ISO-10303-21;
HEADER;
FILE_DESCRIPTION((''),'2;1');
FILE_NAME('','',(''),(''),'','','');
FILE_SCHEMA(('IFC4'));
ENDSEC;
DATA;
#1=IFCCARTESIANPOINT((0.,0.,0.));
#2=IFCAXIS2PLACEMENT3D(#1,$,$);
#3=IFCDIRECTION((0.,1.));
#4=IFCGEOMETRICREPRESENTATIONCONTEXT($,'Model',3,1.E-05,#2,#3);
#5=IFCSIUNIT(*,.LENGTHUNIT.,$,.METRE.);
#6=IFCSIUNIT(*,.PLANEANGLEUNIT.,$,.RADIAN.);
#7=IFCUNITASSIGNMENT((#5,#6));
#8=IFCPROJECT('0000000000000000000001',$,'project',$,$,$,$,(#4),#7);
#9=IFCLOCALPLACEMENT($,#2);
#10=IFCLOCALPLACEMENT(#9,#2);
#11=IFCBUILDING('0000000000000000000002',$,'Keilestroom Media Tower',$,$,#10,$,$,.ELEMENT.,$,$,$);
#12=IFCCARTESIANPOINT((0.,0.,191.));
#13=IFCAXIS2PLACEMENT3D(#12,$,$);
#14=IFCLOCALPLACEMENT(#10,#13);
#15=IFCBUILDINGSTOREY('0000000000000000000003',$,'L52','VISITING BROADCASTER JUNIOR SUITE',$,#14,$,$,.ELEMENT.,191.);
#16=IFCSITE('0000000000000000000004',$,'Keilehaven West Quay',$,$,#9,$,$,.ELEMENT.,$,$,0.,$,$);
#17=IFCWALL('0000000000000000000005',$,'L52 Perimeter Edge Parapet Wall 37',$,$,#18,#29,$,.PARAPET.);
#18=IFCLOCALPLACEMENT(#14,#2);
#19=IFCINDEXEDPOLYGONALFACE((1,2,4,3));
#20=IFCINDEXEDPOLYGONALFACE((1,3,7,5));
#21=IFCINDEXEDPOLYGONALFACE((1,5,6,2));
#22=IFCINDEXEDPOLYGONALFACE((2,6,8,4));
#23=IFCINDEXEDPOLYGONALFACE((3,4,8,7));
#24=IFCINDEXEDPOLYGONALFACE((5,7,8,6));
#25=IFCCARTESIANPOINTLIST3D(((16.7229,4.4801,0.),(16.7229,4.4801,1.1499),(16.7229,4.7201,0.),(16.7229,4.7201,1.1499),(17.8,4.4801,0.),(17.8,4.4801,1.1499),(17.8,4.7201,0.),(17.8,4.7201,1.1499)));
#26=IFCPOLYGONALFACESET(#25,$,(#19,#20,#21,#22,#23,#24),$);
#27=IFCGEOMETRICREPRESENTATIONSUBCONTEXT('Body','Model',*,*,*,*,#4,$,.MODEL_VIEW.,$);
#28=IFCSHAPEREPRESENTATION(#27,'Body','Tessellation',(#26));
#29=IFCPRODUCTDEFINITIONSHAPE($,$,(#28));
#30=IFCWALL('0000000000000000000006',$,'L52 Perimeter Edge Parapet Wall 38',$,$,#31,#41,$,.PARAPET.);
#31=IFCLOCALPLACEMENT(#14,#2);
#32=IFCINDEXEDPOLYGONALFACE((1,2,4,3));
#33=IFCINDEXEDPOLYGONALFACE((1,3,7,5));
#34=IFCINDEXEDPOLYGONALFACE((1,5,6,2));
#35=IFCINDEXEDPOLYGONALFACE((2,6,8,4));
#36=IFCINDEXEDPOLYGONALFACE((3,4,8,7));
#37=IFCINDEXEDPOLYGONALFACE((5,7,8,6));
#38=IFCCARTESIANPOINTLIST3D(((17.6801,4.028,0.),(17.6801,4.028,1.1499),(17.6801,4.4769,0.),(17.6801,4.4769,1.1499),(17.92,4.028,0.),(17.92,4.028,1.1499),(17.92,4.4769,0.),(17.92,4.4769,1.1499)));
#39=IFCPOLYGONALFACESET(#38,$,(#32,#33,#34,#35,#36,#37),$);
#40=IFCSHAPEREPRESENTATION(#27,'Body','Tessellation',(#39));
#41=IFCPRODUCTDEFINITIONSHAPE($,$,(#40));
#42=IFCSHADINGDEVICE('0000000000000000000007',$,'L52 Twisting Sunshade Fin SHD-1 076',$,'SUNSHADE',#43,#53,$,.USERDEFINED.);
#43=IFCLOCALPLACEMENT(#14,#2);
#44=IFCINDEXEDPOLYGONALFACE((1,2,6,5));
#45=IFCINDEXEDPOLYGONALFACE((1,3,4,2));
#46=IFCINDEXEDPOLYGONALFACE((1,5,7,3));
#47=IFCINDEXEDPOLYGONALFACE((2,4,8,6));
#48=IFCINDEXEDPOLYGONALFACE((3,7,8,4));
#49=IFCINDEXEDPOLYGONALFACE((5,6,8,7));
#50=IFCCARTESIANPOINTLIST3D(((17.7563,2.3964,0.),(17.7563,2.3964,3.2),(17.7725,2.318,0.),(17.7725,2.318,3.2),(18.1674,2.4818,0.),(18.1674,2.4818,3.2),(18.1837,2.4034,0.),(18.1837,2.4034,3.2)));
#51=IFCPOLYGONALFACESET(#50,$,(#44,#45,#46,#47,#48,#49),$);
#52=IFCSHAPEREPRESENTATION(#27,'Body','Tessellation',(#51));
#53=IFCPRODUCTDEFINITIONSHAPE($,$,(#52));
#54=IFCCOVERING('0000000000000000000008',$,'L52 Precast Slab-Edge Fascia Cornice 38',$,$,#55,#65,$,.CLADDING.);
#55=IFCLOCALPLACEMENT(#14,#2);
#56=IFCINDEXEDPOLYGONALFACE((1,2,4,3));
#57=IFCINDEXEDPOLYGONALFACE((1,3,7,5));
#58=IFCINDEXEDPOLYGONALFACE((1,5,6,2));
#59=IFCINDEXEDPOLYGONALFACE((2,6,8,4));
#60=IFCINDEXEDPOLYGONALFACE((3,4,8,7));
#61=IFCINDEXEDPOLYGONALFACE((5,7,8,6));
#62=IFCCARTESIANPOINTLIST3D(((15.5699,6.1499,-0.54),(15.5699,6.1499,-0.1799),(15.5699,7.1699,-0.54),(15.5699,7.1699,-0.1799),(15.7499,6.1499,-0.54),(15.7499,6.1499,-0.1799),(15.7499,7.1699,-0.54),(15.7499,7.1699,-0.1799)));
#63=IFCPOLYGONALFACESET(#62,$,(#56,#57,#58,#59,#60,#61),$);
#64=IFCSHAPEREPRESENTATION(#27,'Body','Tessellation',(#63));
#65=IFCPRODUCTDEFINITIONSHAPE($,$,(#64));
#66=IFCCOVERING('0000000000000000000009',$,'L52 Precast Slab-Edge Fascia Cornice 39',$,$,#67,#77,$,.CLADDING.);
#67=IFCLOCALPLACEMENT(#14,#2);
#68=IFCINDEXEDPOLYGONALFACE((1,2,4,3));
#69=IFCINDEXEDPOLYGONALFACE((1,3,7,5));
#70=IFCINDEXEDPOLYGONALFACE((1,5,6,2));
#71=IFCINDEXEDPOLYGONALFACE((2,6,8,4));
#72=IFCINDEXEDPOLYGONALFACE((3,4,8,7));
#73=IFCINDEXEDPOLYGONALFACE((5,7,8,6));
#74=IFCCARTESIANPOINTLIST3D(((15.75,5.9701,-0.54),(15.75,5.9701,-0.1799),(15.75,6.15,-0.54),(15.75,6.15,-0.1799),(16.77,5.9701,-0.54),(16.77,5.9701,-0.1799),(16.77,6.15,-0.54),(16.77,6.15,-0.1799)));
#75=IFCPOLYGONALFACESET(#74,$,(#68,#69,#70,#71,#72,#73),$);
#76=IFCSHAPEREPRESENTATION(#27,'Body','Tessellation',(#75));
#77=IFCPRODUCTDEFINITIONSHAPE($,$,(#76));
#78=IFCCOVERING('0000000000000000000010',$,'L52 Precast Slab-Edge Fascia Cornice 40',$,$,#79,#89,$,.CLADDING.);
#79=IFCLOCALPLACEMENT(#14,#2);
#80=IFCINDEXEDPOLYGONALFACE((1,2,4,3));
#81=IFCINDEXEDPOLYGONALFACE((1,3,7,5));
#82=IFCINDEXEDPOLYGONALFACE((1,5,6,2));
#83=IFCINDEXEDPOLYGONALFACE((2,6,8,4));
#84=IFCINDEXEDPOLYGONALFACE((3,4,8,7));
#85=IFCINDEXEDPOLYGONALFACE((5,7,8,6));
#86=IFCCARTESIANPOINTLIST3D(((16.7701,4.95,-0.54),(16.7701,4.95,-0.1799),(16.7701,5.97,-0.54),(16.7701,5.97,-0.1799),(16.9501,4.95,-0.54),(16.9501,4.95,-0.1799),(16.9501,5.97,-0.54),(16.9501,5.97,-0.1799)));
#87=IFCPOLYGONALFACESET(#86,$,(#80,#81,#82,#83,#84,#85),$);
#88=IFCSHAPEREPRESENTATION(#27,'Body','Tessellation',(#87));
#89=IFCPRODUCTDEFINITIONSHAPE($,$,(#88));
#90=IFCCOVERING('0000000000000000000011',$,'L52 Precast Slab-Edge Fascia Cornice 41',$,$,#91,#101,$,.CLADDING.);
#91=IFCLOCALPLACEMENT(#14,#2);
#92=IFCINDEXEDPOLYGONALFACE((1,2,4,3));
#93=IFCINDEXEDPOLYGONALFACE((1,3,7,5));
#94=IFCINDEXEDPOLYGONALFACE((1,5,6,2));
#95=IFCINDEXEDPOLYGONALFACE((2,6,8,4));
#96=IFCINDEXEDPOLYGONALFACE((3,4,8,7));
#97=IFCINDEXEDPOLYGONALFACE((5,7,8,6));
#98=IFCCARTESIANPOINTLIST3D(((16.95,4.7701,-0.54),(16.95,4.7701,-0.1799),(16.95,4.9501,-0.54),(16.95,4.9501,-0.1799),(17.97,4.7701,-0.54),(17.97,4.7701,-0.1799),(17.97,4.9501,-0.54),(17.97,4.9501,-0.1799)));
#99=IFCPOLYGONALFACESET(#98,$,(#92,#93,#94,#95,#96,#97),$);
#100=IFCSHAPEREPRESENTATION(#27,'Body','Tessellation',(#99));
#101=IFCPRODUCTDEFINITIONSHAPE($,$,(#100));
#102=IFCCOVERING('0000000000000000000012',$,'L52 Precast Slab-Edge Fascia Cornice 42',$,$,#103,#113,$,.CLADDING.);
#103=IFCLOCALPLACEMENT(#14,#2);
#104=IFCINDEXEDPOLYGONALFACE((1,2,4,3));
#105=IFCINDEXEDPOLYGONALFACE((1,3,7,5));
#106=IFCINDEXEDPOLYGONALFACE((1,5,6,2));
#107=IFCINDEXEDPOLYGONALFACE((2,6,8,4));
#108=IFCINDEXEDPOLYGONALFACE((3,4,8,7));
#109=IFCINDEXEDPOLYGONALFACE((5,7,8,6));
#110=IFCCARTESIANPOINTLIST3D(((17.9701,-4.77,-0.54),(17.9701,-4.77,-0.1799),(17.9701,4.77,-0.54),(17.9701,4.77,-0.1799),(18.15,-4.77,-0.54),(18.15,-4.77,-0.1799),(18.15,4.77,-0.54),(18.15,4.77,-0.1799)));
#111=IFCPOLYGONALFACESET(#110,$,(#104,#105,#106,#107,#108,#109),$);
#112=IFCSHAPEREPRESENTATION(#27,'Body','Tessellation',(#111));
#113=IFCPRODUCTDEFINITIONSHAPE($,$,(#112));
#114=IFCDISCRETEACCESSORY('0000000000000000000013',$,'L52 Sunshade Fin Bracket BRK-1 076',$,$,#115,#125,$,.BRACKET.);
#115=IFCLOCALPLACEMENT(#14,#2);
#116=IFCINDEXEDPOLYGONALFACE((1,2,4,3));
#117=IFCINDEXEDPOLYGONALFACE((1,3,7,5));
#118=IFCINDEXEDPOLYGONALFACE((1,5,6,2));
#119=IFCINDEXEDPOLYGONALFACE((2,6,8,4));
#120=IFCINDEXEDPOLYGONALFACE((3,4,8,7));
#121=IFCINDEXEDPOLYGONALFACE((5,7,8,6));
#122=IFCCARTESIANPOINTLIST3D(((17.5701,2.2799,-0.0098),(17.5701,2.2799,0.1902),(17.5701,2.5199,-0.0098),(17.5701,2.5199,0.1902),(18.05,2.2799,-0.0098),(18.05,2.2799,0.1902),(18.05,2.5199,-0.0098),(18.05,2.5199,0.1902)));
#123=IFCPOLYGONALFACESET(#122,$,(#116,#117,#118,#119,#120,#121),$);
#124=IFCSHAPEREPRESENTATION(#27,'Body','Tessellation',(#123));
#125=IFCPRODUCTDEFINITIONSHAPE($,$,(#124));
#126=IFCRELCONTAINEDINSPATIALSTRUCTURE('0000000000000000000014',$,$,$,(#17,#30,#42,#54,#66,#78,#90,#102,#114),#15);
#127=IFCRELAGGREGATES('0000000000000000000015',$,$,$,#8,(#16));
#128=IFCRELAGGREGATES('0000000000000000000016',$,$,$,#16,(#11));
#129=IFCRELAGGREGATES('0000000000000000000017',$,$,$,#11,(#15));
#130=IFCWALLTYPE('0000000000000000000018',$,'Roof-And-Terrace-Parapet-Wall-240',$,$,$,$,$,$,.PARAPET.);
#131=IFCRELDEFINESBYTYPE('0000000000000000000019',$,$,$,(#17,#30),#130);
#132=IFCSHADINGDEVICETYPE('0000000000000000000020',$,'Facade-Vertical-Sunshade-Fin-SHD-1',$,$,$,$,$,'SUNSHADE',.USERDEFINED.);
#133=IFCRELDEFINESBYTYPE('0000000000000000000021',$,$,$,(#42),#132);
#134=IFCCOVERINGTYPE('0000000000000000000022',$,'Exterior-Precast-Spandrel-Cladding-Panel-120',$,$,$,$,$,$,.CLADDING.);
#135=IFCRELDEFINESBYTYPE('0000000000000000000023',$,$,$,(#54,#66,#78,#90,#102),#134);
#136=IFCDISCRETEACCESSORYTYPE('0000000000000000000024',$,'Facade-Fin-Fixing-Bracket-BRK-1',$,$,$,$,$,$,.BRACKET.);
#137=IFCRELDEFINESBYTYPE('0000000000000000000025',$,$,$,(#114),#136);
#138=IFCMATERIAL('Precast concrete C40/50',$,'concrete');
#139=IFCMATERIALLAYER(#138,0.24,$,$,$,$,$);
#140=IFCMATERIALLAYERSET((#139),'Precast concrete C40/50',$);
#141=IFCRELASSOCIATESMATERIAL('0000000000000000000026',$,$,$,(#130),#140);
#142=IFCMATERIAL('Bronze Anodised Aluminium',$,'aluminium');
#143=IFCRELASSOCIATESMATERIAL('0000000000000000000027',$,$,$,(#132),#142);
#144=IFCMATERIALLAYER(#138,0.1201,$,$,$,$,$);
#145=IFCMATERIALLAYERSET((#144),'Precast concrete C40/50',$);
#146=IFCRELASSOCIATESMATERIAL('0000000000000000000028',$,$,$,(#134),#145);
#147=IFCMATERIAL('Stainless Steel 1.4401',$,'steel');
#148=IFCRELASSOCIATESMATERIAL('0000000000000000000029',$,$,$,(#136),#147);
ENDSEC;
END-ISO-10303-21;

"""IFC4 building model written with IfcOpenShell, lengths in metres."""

from ifc_helpers import new_model, si_unit, direction, frame, frame_2d, origin, origin_2d, place, context, subcontext, project, spatial, rectangle, extrude, source, transform, mapped, material, layer, layer_set, type_object, element, save


model = new_model("IFC4")

# Units and contexts
model_context = context("Model", 3, precision=1e-05, world=origin(), true_north=direction((0.0, 1.0)))
body_context = subcontext(model_context, "Body", "Model", "MODEL_VIEW")
ifc_project = project(units=[si_unit("LENGTHUNIT", "METRE"), si_unit("PLANEANGLEUNIT", "RADIAN")], contexts=[model_context])

# Site, building, storey
site_placement = place(None, origin())
site = spatial("IfcSite", under=ifc_project, at=site_placement, Name="Keilehaven West Quay", CompositionType="ELEMENT", RefElevation=0.0)
building_placement = place(site_placement, origin())
building = spatial("IfcBuilding", under=site, at=building_placement, Name="Keilestroom Media Tower", CompositionType="ELEMENT")
storey_placement = place(building_placement, frame((0.0, 0.0, 191.0)))
storey = spatial("IfcBuildingStorey", under=building, at=storey_placement, Name="L52", Description="VISITING BROADCASTER JUNIOR SUITE", CompositionType="ELEMENT", Elevation=191.0)

# Shared definitions
ifc_material_1 = material(Name="Precast concrete C40/50", Category="concrete")

# Walls
ifc_layer_1 = layer(ifc_material_1, 0.24)
ifc_layer_set_1 = layer_set([ifc_layer_1], Name="Precast concrete C40/50")
wall_type_1 = type_object("IfcWallType", Name="Roof-And-Terrace-Parapet-Wall-240", PredefinedType="PARAPET", material=ifc_layer_set_1)
wall_1_placement = place(storey_placement, frame((16.7229, 4.6001, 0.0), z_axis=(0.0, 0.0, 1.0), x_axis=(1.0, 0.0, 0.0)))
element("IfcWall", 1, at=wall_1_placement, inside=storey, type_object=wall_type_1, Name="L52 Perimeter Edge Parapet Wall 37", PredefinedType="PARAPET", context=body_context, shape_type="SweptSolid", body=[
    extrude(rectangle(XDim=1.0771, YDim=0.24, at=frame_2d((0.5386, 0.0))), origin(), (0.0, 0.0, 1.0), 1.1499),
])
wall_2_placement = place(storey_placement, frame((17.8, 4.4771, 0.0), z_axis=(0.0, 0.0, 1.0), x_axis=(0.0, -1.0, 0.0)))
element("IfcWall", 2, at=wall_2_placement, inside=storey, type_object=wall_type_1, Name="L52 Perimeter Edge Parapet Wall 38", PredefinedType="PARAPET", context=body_context, shape_type="SweptSolid", body=[
    extrude(rectangle(XDim=0.449, YDim=0.24, at=frame_2d((0.2246, 0.0))), origin(), (0.0, 0.0, 1.0), 1.1499),
])

# Shading device
ifc_material_2 = material(Name="Bronze Anodised Aluminium", Category="aluminium")
shading_device_type = type_object("IfcShadingDeviceType", Name="Facade-Vertical-Sunshade-Fin-SHD-1", ElementType="SUNSHADE", PredefinedType="USERDEFINED", material=ifc_material_2)
shared_shape_1 = source(origin(), body_context, "Body", "SweptSolid", [
    extrude(rectangle(XDim=0.4199, YDim=0.0801, at=origin_2d()), origin(), (0.0, 0.0, 1.0), 3.2),
])
shading_device_placement = place(storey_placement, frame((17.97, 2.3999, 0.0), z_axis=(0.0, 0.0, 1.0), x_axis=(0.979081, 0.203471, 0.0)))
element("IfcShadingDevice", 3, at=shading_device_placement, inside=storey, type_object=shading_device_type, Name="L52 Twisting Sunshade Fin SHD-1 076", ObjectType="SUNSHADE", PredefinedType="USERDEFINED", context=body_context, shape_type="MappedRepresentation", body=[
    mapped(shared_shape_1, transform((0.0, 0.0, 0.0), x_axis=(1.0, 0.0, 0.0), y_axis=(0.0, 1.0, 0.0), z_axis=(0.0, 0.0, 1.0), scale=1.0)),
])

# Coverings
ifc_layer_2 = layer(ifc_material_1, 0.1201)
ifc_layer_set_2 = layer_set([ifc_layer_2], Name="Precast concrete C40/50")
covering_type = type_object("IfcCoveringType", Name="Exterior-Precast-Spandrel-Cladding-Panel-120", PredefinedType="CLADDING", material=ifc_layer_set_2)
shared_shape_2 = source(origin(), body_context, "Body", "SweptSolid", [
    extrude(rectangle(XDim=1.02, YDim=0.1799, at=origin_2d()), origin(), (0.0, 0.0, 1.0), 0.3601),
])
for number, where, z_axis, x_axis, name in (
    (4, (15.6599, 6.6599, -0.54), (0.0, 0.0, 1.0), (0.0, -1.0, 0.0), "L52 Precast Slab-Edge Fascia Cornice 38"),
    (5, (16.26, 6.0601, -0.54), (0.0, 0.0, 1.0), (1.0, 0.0, 0.0), "L52 Precast Slab-Edge Fascia Cornice 39"),
    (6, (16.8601, 5.46, -0.54), (0.0, 0.0, 1.0), (0.0, -1.0, 0.0), "L52 Precast Slab-Edge Fascia Cornice 40"),
    (7, (17.46, 4.8601, -0.54), (0.0, 0.0, 1.0), (1.0, 0.0, 0.0), "L52 Precast Slab-Edge Fascia Cornice 41"),
):
    element("IfcCovering", number, at=place(storey_placement, frame(where, z_axis=z_axis, x_axis=x_axis)), inside=storey, type_object=covering_type, Name=name, PredefinedType="CLADDING", context=body_context, shape_type="MappedRepresentation", body=[
        mapped(shared_shape_2, transform((0.0, 0.0, 0.0), x_axis=(1.0, 0.0, 0.0), y_axis=(0.0, 1.0, 0.0), z_axis=(0.0, 0.0, 1.0), scale=1.0)),
    ])
shared_shape_3 = source(origin(), body_context, "Body", "SweptSolid", [
    extrude(rectangle(XDim=9.54, YDim=0.1799, at=origin_2d()), origin(), (0.0, 0.0, 1.0), 0.3601),
])
covering_placement = place(storey_placement, frame((18.0601, 0.0, -0.54), z_axis=(0.0, 0.0, 1.0), x_axis=(0.0, -1.0, 0.0)))
element("IfcCovering", 8, at=covering_placement, inside=storey, type_object=covering_type, Name="L52 Precast Slab-Edge Fascia Cornice 42", PredefinedType="CLADDING", context=body_context, shape_type="MappedRepresentation", body=[
    mapped(shared_shape_3, transform((0.0, 0.0, 0.0), x_axis=(1.0, 0.0, 0.0), y_axis=(0.0, 1.0, 0.0), z_axis=(0.0, 0.0, 1.0), scale=1.0)),
])

# Discrete accessory
ifc_material_3 = material(Name="Stainless Steel 1.4401", Category="steel")
discrete_accessory_type = type_object("IfcDiscreteAccessoryType", Name="Facade-Fin-Fixing-Bracket-BRK-1", PredefinedType="BRACKET", material=ifc_material_3)
shared_shape_4 = source(origin(), body_context, "Body", "SweptSolid", [
    extrude(rectangle(XDim=0.48, YDim=0.24, at=origin_2d()), origin(), (0.0, 0.0, 1.0), 0.2),
])
discrete_accessory_placement = place(storey_placement, frame((17.8101, 2.3999, -0.0098), z_axis=(0.0, 0.0, 1.0), x_axis=(1.0, 0.0, 0.0)))
element("IfcDiscreteAccessory", 9, at=discrete_accessory_placement, inside=storey, type_object=discrete_accessory_type, Name="L52 Sunshade Fin Bracket BRK-1 076", PredefinedType="BRACKET", context=body_context, shape_type="MappedRepresentation", body=[
    mapped(shared_shape_4, transform((0.0, 0.0, 0.0), x_axis=(1.0, 0.0, 0.0), y_axis=(0.0, 1.0, 0.0), z_axis=(0.0, 0.0, 1.0), scale=1.0)),
])

save(model, "model.ifc")
